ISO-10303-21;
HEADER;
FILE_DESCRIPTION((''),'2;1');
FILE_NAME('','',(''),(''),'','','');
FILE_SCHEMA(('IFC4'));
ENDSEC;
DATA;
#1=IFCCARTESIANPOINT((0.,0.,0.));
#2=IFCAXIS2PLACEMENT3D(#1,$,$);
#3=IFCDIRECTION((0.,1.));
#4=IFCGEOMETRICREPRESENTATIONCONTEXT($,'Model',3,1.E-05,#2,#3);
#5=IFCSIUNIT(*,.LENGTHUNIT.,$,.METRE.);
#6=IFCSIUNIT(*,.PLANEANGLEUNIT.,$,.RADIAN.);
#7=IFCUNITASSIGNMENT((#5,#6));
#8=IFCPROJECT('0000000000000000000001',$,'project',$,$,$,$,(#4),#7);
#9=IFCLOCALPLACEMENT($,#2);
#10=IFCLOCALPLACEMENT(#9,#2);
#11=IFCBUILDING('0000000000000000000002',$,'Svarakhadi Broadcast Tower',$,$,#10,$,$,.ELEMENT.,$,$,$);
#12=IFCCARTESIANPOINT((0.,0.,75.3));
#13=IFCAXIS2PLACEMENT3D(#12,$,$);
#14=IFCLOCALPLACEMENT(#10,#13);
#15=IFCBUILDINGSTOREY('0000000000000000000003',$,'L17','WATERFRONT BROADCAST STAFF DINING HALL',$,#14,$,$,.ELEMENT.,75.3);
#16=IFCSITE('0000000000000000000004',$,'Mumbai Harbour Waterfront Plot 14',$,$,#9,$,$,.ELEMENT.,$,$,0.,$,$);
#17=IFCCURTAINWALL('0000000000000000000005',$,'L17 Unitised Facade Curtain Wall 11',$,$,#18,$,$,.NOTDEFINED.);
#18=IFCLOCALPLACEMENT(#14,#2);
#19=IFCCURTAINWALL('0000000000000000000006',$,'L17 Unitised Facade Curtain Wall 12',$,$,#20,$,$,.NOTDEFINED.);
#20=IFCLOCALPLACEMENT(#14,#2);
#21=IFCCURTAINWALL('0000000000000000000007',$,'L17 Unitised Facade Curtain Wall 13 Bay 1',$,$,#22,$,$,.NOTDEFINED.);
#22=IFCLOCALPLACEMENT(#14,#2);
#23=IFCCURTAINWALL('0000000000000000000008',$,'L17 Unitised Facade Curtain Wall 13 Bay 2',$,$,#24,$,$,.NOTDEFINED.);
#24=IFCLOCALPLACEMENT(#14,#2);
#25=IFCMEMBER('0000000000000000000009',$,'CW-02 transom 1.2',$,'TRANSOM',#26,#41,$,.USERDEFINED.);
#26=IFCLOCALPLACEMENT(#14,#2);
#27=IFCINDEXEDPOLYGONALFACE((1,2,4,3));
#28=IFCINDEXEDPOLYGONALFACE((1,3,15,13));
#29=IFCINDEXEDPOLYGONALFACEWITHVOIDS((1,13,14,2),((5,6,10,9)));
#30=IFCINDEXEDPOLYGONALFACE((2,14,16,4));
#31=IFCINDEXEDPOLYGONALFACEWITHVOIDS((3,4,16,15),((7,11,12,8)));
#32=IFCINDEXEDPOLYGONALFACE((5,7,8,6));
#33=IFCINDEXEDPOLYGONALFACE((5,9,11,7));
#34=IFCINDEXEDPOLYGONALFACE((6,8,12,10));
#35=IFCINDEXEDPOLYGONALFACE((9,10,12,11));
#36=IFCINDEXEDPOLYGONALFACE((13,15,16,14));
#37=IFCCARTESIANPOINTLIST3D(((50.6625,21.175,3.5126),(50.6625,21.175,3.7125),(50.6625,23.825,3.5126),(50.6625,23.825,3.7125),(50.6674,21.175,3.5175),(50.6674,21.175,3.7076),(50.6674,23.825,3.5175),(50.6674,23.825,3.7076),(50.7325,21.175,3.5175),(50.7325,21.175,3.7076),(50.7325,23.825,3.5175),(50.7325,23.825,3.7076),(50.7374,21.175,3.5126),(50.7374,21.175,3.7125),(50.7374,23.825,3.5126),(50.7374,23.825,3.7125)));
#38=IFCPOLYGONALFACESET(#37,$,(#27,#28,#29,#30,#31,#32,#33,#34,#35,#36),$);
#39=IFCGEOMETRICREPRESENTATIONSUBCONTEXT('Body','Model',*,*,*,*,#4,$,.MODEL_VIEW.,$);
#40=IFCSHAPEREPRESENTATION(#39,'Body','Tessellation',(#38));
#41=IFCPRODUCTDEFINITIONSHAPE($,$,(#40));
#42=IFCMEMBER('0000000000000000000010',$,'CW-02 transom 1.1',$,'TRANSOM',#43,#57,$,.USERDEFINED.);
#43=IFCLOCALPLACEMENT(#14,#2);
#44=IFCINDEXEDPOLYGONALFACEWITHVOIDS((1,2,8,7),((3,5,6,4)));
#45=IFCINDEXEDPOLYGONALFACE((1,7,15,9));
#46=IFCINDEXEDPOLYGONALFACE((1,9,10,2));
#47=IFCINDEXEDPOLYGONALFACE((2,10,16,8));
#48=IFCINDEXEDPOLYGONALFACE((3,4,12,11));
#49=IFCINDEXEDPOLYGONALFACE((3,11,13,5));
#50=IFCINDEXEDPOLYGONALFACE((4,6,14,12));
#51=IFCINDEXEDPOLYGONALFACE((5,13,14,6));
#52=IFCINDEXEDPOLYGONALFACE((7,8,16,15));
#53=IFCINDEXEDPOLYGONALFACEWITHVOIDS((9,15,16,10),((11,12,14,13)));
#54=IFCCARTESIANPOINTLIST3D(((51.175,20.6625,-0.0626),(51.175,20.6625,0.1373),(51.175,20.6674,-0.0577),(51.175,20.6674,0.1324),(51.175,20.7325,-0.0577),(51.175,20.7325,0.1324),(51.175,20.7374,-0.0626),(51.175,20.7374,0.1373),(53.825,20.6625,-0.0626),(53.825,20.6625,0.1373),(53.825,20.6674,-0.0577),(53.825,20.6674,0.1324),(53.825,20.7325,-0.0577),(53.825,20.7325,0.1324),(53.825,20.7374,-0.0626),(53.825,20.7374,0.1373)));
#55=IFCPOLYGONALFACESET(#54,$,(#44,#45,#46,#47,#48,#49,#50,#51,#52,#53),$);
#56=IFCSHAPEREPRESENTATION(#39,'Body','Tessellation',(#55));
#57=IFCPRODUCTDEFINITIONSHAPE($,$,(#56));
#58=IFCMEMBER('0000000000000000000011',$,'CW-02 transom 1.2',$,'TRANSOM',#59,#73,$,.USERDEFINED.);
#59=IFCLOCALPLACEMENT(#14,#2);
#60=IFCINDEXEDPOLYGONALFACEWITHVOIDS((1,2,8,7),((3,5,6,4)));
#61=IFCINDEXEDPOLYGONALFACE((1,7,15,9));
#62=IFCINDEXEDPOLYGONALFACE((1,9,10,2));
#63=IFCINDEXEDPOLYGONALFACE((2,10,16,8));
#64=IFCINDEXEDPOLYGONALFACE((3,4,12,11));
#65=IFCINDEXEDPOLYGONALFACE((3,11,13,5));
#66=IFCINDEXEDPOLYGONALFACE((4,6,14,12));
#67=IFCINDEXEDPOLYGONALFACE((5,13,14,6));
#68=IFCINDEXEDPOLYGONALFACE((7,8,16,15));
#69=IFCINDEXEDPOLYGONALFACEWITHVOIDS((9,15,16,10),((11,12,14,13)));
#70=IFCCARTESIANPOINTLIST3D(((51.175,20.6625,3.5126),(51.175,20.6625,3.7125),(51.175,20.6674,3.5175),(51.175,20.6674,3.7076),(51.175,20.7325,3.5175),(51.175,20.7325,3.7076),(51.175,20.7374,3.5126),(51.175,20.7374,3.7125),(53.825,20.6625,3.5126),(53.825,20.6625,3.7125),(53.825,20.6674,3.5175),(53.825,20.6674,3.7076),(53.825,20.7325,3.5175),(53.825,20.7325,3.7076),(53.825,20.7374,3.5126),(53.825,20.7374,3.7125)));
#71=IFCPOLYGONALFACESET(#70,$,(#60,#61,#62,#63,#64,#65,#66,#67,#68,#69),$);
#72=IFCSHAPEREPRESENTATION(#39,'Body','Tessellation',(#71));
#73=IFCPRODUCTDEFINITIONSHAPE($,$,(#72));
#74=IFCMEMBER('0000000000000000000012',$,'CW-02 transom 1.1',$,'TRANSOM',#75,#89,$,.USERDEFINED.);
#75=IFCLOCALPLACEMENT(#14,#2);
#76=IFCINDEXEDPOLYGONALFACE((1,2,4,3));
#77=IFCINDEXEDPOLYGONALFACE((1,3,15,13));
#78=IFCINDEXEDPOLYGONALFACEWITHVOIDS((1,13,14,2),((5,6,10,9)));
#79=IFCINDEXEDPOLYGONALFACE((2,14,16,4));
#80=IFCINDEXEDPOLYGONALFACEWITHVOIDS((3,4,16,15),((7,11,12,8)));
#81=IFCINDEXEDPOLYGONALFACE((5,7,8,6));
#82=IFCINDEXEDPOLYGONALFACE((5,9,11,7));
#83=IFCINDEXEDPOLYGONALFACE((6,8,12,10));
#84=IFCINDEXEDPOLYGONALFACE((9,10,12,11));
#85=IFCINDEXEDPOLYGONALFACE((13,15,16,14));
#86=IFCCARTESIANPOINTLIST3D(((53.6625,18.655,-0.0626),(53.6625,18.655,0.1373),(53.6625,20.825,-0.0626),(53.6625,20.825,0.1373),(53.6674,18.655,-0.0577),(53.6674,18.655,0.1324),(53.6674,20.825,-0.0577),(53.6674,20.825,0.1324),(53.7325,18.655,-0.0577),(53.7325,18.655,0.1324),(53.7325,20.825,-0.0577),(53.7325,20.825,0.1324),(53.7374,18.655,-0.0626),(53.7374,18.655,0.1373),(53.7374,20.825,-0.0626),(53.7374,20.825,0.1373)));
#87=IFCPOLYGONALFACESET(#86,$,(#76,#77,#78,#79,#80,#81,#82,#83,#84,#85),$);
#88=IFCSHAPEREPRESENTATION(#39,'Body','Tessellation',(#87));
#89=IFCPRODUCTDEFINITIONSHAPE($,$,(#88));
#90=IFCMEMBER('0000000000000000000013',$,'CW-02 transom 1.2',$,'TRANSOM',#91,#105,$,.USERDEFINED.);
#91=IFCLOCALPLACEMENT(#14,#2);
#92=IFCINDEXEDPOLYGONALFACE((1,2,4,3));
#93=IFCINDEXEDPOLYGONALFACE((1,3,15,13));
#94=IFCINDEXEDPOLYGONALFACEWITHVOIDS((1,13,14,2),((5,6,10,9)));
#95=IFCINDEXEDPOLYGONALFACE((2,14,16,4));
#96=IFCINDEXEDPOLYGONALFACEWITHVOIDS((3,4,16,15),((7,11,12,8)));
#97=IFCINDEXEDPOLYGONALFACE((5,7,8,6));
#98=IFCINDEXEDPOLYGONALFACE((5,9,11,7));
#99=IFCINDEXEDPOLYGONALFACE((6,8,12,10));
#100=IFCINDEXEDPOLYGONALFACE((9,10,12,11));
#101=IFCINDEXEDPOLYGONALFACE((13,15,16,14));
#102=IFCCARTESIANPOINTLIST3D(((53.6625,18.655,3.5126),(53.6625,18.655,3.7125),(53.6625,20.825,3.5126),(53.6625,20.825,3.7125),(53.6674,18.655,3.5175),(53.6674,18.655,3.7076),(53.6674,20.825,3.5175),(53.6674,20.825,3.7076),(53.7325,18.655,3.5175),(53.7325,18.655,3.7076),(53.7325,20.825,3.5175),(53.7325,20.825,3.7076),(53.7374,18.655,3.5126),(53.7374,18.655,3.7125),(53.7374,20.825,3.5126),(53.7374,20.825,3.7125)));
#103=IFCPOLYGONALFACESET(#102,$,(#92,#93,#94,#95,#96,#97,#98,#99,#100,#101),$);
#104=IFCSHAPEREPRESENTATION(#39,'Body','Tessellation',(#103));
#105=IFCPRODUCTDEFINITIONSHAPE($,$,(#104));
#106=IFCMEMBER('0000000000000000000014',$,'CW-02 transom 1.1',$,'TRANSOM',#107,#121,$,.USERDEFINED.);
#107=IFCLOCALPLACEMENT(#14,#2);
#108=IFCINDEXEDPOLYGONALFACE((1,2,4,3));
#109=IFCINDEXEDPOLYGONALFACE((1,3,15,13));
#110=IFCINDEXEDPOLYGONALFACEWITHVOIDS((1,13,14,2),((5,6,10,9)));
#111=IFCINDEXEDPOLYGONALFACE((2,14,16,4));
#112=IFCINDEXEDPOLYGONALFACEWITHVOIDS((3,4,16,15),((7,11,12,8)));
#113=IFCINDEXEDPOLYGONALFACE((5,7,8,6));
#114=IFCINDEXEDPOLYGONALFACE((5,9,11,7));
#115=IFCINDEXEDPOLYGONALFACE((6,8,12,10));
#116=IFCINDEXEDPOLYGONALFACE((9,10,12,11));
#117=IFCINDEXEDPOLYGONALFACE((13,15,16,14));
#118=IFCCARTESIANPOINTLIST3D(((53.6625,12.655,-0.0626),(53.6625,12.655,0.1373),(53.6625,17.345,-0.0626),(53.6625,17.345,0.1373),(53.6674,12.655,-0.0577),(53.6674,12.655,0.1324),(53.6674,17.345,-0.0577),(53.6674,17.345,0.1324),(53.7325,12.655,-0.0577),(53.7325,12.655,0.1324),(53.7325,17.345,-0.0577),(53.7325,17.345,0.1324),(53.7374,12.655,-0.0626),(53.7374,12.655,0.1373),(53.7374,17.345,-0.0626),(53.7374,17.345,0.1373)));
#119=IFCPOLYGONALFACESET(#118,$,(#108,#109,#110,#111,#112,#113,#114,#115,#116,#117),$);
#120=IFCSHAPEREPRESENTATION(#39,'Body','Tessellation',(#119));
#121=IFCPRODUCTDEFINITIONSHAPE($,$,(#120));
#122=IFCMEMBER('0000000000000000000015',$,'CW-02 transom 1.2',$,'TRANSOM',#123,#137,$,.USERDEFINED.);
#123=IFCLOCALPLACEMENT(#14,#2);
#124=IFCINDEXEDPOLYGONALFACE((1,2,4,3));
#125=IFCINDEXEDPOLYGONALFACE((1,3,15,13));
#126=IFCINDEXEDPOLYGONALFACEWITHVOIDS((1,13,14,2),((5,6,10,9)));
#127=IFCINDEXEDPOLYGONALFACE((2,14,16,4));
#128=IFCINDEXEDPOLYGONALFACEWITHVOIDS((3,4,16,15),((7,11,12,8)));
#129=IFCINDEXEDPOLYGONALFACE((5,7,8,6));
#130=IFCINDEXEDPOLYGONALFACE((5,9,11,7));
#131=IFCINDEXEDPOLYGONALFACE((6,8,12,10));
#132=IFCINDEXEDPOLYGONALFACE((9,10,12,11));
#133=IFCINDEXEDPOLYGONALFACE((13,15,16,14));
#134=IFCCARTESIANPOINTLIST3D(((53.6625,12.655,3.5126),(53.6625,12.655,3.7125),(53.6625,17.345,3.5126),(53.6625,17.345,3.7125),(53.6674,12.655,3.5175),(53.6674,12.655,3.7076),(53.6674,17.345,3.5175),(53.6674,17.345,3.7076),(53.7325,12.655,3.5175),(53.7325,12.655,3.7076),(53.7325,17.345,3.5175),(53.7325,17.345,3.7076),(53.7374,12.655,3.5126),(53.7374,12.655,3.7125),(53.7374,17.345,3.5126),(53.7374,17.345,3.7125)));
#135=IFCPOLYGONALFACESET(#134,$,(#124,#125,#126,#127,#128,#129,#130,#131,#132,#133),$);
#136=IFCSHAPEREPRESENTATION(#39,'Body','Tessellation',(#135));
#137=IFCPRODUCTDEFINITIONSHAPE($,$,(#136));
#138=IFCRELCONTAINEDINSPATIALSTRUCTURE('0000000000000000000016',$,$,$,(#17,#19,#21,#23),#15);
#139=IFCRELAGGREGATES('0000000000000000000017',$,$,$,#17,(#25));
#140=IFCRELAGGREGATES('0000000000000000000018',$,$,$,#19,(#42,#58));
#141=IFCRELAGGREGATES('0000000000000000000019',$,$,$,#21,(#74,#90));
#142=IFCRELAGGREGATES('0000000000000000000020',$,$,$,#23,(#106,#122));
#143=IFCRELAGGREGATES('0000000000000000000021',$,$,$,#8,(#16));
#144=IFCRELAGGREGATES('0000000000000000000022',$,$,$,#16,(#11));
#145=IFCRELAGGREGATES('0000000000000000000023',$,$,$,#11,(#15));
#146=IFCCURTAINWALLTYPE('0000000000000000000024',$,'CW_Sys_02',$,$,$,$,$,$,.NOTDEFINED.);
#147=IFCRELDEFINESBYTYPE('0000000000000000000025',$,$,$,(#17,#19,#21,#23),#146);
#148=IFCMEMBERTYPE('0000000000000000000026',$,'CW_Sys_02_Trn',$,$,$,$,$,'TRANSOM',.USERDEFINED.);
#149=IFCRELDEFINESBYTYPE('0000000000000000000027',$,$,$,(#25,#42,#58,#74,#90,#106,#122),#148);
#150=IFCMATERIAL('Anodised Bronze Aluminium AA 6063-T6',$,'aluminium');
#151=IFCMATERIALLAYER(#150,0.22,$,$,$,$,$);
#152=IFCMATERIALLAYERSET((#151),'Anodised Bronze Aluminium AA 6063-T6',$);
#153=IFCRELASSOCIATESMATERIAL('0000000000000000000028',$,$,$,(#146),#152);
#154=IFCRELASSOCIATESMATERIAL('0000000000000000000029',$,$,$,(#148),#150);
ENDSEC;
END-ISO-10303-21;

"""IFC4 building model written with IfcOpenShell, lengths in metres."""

from ifc_helpers import new_model, si_unit, direction, frame, origin, origin_2d, place, context, subcontext, project, spatial, hollow_rectangle, extrude, material, layer, layer_set, material_profile, profile_set, type_object, element, aggregate, save


model = new_model("IFC4")

# Units and contexts
model_context = context("Model", 3, precision=1e-05, world=origin(), true_north=direction((0.0, 1.0)))
body_context = subcontext(model_context, "Body", "Model", "MODEL_VIEW")
ifc_project = project(units=[si_unit("LENGTHUNIT", "METRE"), si_unit("PLANEANGLEUNIT", "RADIAN")], contexts=[model_context])

# Site, building, storey
site_placement = place(None, origin())
site = spatial("IfcSite", under=ifc_project, at=site_placement, Name="Mumbai Harbour Waterfront Plot 14", CompositionType="ELEMENT", RefElevation=0.0)
building_placement = place(site_placement, origin())
building = spatial("IfcBuilding", under=site, at=building_placement, Name="Svarakhadi Broadcast Tower", CompositionType="ELEMENT")
storey_placement = place(building_placement, frame((0.0, 0.0, 75.3)))
storey = spatial("IfcBuildingStorey", under=building, at=storey_placement, Name="L17", Description="WATERFRONT BROADCAST STAFF DINING HALL", CompositionType="ELEMENT", Elevation=75.3)

# Curtain wall
ifc_material_1 = material(Name="Anodised Bronze Aluminium AA 6063-T6", Category="aluminium")
ifc_layer_1 = layer(ifc_material_1, 0.22)
ifc_layer_set_1 = layer_set([ifc_layer_1], Name="Anodised Bronze Aluminium AA 6063-T6")
curtain_wall_type = type_object("IfcCurtainWallType", Name="CW_Sys_02", PredefinedType="NOTDEFINED", material=ifc_layer_set_1)
curtain_wall_1_placement = place(storey_placement, origin())
curtain_wall_1 = element("IfcCurtainWall", 1, at=curtain_wall_1_placement, inside=storey, type_object=curtain_wall_type, Name="L17 Unitised Facade Curtain Wall 11", PredefinedType="NOTDEFINED")

# Curtain walls
curtain_wall_2_placement = place(storey_placement, origin())
curtain_wall_2 = element("IfcCurtainWall", 2, at=curtain_wall_2_placement, inside=storey, type_object=curtain_wall_type, Name="L17 Unitised Facade Curtain Wall 12", PredefinedType="NOTDEFINED")
curtain_wall_3_placement = place(storey_placement, origin())
curtain_wall_3 = element("IfcCurtainWall", 3, at=curtain_wall_3_placement, inside=storey, type_object=curtain_wall_type, Name="L17 Unitised Facade Curtain Wall 13 Bay 1", PredefinedType="NOTDEFINED")
curtain_wall_4_placement = place(storey_placement, origin())
curtain_wall_4 = element("IfcCurtainWall", 4, at=curtain_wall_4_placement, inside=storey, type_object=curtain_wall_type, Name="L17 Unitised Facade Curtain Wall 13 Bay 2", PredefinedType="NOTDEFINED")

# Members
ifc_material_profile_1 = material_profile(ifc_material_1, hollow_rectangle(XDim=0.075, YDim=0.2, WallThickness=0.0049, at=origin_2d()), Name="ALU TRANSOM 200x75x5")
ifc_profile_set_1 = profile_set([ifc_material_profile_1], Name="Anodised Bronze Aluminium AA 6063-T6")
member_type_1 = type_object("IfcMemberType", Name="CW_Sys_02_Trn", ElementType="TRANSOM", PredefinedType="USERDEFINED", material=ifc_profile_set_1)
member_1_placement = place(storey_placement, frame((50.7, 23.825, 3.6125), z_axis=(0.0, -1.0, 0.0), x_axis=(1.0, 0.0, 0.0)))
member_1 = element("IfcMember", 5, at=member_1_placement, type_object=member_type_1, Name="CW-02 transom 1.2", ObjectType="TRANSOM", PredefinedType="USERDEFINED", context=body_context, shape_type="SweptSolid", body=[
    extrude(hollow_rectangle(XDim=0.075, YDim=0.2, WallThickness=0.0049, at=origin_2d()), origin(), (0.0, 0.0, 1.0), 2.6499),
])
member_2_placement = place(storey_placement, frame((51.175, 20.7, 0.0374), z_axis=(1.0, 0.0, 0.0), x_axis=(0.0, 1.0, 0.0)))
member_2 = element("IfcMember", 6, at=member_2_placement, type_object=member_type_1, Name="CW-02 transom 1.1", ObjectType="TRANSOM", PredefinedType="USERDEFINED", context=body_context, shape_type="SweptSolid", body=[
    extrude(hollow_rectangle(XDim=0.075, YDim=0.2, WallThickness=0.0049, at=origin_2d()), origin(), (0.0, 0.0, 1.0), 2.6499),
])
member_3_placement = place(storey_placement, frame((51.175, 20.7, 3.6125), z_axis=(1.0, 0.0, 0.0), x_axis=(0.0, 1.0, 0.0)))
member_3 = element("IfcMember", 7, at=member_3_placement, type_object=member_type_1, Name="CW-02 transom 1.2", ObjectType="TRANSOM", PredefinedType="USERDEFINED", context=body_context, shape_type="SweptSolid", body=[
    extrude(hollow_rectangle(XDim=0.075, YDim=0.2, WallThickness=0.0049, at=origin_2d()), origin(), (0.0, 0.0, 1.0), 2.6499),
])
member_4_placement = place(storey_placement, frame((53.7, 20.825, 0.0374), z_axis=(0.0, -1.0, 0.0), x_axis=(1.0, 0.0, 0.0)))
member_4 = element("IfcMember", 8, at=member_4_placement, type_object=member_type_1, Name="CW-02 transom 1.1", ObjectType="TRANSOM", PredefinedType="USERDEFINED", context=body_context, shape_type="SweptSolid", body=[
    extrude(hollow_rectangle(XDim=0.075, YDim=0.2, WallThickness=0.0049, at=origin_2d()), origin(), (0.0, 0.0, 1.0), 2.1699),
])
member_5_placement = place(storey_placement, frame((53.7, 20.825, 3.6125), z_axis=(0.0, -1.0, 0.0), x_axis=(1.0, 0.0, 0.0)))
member_5 = element("IfcMember", 9, at=member_5_placement, type_object=member_type_1, Name="CW-02 transom 1.2", ObjectType="TRANSOM", PredefinedType="USERDEFINED", context=body_context, shape_type="SweptSolid", body=[
    extrude(hollow_rectangle(XDim=0.075, YDim=0.2, WallThickness=0.0049, at=origin_2d()), origin(), (0.0, 0.0, 1.0), 2.1699),
])
member_6_placement = place(storey_placement, frame((53.7, 17.345, 0.0374), z_axis=(0.0, -1.0, 0.0), x_axis=(1.0, 0.0, 0.0)))
member_6 = element("IfcMember", 10, at=member_6_placement, type_object=member_type_1, Name="CW-02 transom 1.1", ObjectType="TRANSOM", PredefinedType="USERDEFINED", context=body_context, shape_type="SweptSolid", body=[
    extrude(hollow_rectangle(XDim=0.075, YDim=0.2, WallThickness=0.0049, at=origin_2d()), origin(), (0.0, 0.0, 1.0), 4.6899),
])
member_7_placement = place(storey_placement, frame((53.7, 17.345, 3.6125), z_axis=(0.0, -1.0, 0.0), x_axis=(1.0, 0.0, 0.0)))
member_7 = element("IfcMember", 11, at=member_7_placement, type_object=member_type_1, Name="CW-02 transom 1.2", ObjectType="TRANSOM", PredefinedType="USERDEFINED", context=body_context, shape_type="SweptSolid", body=[
    extrude(hollow_rectangle(XDim=0.075, YDim=0.2, WallThickness=0.0049, at=origin_2d()), origin(), (0.0, 0.0, 1.0), 4.6899),
])

aggregate(curtain_wall_1, [member_1])
aggregate(curtain_wall_2, [member_2, member_3])
aggregate(curtain_wall_3, [member_4, member_5])
aggregate(curtain_wall_4, [member_6, member_7])

save(model, "model.ifc")
